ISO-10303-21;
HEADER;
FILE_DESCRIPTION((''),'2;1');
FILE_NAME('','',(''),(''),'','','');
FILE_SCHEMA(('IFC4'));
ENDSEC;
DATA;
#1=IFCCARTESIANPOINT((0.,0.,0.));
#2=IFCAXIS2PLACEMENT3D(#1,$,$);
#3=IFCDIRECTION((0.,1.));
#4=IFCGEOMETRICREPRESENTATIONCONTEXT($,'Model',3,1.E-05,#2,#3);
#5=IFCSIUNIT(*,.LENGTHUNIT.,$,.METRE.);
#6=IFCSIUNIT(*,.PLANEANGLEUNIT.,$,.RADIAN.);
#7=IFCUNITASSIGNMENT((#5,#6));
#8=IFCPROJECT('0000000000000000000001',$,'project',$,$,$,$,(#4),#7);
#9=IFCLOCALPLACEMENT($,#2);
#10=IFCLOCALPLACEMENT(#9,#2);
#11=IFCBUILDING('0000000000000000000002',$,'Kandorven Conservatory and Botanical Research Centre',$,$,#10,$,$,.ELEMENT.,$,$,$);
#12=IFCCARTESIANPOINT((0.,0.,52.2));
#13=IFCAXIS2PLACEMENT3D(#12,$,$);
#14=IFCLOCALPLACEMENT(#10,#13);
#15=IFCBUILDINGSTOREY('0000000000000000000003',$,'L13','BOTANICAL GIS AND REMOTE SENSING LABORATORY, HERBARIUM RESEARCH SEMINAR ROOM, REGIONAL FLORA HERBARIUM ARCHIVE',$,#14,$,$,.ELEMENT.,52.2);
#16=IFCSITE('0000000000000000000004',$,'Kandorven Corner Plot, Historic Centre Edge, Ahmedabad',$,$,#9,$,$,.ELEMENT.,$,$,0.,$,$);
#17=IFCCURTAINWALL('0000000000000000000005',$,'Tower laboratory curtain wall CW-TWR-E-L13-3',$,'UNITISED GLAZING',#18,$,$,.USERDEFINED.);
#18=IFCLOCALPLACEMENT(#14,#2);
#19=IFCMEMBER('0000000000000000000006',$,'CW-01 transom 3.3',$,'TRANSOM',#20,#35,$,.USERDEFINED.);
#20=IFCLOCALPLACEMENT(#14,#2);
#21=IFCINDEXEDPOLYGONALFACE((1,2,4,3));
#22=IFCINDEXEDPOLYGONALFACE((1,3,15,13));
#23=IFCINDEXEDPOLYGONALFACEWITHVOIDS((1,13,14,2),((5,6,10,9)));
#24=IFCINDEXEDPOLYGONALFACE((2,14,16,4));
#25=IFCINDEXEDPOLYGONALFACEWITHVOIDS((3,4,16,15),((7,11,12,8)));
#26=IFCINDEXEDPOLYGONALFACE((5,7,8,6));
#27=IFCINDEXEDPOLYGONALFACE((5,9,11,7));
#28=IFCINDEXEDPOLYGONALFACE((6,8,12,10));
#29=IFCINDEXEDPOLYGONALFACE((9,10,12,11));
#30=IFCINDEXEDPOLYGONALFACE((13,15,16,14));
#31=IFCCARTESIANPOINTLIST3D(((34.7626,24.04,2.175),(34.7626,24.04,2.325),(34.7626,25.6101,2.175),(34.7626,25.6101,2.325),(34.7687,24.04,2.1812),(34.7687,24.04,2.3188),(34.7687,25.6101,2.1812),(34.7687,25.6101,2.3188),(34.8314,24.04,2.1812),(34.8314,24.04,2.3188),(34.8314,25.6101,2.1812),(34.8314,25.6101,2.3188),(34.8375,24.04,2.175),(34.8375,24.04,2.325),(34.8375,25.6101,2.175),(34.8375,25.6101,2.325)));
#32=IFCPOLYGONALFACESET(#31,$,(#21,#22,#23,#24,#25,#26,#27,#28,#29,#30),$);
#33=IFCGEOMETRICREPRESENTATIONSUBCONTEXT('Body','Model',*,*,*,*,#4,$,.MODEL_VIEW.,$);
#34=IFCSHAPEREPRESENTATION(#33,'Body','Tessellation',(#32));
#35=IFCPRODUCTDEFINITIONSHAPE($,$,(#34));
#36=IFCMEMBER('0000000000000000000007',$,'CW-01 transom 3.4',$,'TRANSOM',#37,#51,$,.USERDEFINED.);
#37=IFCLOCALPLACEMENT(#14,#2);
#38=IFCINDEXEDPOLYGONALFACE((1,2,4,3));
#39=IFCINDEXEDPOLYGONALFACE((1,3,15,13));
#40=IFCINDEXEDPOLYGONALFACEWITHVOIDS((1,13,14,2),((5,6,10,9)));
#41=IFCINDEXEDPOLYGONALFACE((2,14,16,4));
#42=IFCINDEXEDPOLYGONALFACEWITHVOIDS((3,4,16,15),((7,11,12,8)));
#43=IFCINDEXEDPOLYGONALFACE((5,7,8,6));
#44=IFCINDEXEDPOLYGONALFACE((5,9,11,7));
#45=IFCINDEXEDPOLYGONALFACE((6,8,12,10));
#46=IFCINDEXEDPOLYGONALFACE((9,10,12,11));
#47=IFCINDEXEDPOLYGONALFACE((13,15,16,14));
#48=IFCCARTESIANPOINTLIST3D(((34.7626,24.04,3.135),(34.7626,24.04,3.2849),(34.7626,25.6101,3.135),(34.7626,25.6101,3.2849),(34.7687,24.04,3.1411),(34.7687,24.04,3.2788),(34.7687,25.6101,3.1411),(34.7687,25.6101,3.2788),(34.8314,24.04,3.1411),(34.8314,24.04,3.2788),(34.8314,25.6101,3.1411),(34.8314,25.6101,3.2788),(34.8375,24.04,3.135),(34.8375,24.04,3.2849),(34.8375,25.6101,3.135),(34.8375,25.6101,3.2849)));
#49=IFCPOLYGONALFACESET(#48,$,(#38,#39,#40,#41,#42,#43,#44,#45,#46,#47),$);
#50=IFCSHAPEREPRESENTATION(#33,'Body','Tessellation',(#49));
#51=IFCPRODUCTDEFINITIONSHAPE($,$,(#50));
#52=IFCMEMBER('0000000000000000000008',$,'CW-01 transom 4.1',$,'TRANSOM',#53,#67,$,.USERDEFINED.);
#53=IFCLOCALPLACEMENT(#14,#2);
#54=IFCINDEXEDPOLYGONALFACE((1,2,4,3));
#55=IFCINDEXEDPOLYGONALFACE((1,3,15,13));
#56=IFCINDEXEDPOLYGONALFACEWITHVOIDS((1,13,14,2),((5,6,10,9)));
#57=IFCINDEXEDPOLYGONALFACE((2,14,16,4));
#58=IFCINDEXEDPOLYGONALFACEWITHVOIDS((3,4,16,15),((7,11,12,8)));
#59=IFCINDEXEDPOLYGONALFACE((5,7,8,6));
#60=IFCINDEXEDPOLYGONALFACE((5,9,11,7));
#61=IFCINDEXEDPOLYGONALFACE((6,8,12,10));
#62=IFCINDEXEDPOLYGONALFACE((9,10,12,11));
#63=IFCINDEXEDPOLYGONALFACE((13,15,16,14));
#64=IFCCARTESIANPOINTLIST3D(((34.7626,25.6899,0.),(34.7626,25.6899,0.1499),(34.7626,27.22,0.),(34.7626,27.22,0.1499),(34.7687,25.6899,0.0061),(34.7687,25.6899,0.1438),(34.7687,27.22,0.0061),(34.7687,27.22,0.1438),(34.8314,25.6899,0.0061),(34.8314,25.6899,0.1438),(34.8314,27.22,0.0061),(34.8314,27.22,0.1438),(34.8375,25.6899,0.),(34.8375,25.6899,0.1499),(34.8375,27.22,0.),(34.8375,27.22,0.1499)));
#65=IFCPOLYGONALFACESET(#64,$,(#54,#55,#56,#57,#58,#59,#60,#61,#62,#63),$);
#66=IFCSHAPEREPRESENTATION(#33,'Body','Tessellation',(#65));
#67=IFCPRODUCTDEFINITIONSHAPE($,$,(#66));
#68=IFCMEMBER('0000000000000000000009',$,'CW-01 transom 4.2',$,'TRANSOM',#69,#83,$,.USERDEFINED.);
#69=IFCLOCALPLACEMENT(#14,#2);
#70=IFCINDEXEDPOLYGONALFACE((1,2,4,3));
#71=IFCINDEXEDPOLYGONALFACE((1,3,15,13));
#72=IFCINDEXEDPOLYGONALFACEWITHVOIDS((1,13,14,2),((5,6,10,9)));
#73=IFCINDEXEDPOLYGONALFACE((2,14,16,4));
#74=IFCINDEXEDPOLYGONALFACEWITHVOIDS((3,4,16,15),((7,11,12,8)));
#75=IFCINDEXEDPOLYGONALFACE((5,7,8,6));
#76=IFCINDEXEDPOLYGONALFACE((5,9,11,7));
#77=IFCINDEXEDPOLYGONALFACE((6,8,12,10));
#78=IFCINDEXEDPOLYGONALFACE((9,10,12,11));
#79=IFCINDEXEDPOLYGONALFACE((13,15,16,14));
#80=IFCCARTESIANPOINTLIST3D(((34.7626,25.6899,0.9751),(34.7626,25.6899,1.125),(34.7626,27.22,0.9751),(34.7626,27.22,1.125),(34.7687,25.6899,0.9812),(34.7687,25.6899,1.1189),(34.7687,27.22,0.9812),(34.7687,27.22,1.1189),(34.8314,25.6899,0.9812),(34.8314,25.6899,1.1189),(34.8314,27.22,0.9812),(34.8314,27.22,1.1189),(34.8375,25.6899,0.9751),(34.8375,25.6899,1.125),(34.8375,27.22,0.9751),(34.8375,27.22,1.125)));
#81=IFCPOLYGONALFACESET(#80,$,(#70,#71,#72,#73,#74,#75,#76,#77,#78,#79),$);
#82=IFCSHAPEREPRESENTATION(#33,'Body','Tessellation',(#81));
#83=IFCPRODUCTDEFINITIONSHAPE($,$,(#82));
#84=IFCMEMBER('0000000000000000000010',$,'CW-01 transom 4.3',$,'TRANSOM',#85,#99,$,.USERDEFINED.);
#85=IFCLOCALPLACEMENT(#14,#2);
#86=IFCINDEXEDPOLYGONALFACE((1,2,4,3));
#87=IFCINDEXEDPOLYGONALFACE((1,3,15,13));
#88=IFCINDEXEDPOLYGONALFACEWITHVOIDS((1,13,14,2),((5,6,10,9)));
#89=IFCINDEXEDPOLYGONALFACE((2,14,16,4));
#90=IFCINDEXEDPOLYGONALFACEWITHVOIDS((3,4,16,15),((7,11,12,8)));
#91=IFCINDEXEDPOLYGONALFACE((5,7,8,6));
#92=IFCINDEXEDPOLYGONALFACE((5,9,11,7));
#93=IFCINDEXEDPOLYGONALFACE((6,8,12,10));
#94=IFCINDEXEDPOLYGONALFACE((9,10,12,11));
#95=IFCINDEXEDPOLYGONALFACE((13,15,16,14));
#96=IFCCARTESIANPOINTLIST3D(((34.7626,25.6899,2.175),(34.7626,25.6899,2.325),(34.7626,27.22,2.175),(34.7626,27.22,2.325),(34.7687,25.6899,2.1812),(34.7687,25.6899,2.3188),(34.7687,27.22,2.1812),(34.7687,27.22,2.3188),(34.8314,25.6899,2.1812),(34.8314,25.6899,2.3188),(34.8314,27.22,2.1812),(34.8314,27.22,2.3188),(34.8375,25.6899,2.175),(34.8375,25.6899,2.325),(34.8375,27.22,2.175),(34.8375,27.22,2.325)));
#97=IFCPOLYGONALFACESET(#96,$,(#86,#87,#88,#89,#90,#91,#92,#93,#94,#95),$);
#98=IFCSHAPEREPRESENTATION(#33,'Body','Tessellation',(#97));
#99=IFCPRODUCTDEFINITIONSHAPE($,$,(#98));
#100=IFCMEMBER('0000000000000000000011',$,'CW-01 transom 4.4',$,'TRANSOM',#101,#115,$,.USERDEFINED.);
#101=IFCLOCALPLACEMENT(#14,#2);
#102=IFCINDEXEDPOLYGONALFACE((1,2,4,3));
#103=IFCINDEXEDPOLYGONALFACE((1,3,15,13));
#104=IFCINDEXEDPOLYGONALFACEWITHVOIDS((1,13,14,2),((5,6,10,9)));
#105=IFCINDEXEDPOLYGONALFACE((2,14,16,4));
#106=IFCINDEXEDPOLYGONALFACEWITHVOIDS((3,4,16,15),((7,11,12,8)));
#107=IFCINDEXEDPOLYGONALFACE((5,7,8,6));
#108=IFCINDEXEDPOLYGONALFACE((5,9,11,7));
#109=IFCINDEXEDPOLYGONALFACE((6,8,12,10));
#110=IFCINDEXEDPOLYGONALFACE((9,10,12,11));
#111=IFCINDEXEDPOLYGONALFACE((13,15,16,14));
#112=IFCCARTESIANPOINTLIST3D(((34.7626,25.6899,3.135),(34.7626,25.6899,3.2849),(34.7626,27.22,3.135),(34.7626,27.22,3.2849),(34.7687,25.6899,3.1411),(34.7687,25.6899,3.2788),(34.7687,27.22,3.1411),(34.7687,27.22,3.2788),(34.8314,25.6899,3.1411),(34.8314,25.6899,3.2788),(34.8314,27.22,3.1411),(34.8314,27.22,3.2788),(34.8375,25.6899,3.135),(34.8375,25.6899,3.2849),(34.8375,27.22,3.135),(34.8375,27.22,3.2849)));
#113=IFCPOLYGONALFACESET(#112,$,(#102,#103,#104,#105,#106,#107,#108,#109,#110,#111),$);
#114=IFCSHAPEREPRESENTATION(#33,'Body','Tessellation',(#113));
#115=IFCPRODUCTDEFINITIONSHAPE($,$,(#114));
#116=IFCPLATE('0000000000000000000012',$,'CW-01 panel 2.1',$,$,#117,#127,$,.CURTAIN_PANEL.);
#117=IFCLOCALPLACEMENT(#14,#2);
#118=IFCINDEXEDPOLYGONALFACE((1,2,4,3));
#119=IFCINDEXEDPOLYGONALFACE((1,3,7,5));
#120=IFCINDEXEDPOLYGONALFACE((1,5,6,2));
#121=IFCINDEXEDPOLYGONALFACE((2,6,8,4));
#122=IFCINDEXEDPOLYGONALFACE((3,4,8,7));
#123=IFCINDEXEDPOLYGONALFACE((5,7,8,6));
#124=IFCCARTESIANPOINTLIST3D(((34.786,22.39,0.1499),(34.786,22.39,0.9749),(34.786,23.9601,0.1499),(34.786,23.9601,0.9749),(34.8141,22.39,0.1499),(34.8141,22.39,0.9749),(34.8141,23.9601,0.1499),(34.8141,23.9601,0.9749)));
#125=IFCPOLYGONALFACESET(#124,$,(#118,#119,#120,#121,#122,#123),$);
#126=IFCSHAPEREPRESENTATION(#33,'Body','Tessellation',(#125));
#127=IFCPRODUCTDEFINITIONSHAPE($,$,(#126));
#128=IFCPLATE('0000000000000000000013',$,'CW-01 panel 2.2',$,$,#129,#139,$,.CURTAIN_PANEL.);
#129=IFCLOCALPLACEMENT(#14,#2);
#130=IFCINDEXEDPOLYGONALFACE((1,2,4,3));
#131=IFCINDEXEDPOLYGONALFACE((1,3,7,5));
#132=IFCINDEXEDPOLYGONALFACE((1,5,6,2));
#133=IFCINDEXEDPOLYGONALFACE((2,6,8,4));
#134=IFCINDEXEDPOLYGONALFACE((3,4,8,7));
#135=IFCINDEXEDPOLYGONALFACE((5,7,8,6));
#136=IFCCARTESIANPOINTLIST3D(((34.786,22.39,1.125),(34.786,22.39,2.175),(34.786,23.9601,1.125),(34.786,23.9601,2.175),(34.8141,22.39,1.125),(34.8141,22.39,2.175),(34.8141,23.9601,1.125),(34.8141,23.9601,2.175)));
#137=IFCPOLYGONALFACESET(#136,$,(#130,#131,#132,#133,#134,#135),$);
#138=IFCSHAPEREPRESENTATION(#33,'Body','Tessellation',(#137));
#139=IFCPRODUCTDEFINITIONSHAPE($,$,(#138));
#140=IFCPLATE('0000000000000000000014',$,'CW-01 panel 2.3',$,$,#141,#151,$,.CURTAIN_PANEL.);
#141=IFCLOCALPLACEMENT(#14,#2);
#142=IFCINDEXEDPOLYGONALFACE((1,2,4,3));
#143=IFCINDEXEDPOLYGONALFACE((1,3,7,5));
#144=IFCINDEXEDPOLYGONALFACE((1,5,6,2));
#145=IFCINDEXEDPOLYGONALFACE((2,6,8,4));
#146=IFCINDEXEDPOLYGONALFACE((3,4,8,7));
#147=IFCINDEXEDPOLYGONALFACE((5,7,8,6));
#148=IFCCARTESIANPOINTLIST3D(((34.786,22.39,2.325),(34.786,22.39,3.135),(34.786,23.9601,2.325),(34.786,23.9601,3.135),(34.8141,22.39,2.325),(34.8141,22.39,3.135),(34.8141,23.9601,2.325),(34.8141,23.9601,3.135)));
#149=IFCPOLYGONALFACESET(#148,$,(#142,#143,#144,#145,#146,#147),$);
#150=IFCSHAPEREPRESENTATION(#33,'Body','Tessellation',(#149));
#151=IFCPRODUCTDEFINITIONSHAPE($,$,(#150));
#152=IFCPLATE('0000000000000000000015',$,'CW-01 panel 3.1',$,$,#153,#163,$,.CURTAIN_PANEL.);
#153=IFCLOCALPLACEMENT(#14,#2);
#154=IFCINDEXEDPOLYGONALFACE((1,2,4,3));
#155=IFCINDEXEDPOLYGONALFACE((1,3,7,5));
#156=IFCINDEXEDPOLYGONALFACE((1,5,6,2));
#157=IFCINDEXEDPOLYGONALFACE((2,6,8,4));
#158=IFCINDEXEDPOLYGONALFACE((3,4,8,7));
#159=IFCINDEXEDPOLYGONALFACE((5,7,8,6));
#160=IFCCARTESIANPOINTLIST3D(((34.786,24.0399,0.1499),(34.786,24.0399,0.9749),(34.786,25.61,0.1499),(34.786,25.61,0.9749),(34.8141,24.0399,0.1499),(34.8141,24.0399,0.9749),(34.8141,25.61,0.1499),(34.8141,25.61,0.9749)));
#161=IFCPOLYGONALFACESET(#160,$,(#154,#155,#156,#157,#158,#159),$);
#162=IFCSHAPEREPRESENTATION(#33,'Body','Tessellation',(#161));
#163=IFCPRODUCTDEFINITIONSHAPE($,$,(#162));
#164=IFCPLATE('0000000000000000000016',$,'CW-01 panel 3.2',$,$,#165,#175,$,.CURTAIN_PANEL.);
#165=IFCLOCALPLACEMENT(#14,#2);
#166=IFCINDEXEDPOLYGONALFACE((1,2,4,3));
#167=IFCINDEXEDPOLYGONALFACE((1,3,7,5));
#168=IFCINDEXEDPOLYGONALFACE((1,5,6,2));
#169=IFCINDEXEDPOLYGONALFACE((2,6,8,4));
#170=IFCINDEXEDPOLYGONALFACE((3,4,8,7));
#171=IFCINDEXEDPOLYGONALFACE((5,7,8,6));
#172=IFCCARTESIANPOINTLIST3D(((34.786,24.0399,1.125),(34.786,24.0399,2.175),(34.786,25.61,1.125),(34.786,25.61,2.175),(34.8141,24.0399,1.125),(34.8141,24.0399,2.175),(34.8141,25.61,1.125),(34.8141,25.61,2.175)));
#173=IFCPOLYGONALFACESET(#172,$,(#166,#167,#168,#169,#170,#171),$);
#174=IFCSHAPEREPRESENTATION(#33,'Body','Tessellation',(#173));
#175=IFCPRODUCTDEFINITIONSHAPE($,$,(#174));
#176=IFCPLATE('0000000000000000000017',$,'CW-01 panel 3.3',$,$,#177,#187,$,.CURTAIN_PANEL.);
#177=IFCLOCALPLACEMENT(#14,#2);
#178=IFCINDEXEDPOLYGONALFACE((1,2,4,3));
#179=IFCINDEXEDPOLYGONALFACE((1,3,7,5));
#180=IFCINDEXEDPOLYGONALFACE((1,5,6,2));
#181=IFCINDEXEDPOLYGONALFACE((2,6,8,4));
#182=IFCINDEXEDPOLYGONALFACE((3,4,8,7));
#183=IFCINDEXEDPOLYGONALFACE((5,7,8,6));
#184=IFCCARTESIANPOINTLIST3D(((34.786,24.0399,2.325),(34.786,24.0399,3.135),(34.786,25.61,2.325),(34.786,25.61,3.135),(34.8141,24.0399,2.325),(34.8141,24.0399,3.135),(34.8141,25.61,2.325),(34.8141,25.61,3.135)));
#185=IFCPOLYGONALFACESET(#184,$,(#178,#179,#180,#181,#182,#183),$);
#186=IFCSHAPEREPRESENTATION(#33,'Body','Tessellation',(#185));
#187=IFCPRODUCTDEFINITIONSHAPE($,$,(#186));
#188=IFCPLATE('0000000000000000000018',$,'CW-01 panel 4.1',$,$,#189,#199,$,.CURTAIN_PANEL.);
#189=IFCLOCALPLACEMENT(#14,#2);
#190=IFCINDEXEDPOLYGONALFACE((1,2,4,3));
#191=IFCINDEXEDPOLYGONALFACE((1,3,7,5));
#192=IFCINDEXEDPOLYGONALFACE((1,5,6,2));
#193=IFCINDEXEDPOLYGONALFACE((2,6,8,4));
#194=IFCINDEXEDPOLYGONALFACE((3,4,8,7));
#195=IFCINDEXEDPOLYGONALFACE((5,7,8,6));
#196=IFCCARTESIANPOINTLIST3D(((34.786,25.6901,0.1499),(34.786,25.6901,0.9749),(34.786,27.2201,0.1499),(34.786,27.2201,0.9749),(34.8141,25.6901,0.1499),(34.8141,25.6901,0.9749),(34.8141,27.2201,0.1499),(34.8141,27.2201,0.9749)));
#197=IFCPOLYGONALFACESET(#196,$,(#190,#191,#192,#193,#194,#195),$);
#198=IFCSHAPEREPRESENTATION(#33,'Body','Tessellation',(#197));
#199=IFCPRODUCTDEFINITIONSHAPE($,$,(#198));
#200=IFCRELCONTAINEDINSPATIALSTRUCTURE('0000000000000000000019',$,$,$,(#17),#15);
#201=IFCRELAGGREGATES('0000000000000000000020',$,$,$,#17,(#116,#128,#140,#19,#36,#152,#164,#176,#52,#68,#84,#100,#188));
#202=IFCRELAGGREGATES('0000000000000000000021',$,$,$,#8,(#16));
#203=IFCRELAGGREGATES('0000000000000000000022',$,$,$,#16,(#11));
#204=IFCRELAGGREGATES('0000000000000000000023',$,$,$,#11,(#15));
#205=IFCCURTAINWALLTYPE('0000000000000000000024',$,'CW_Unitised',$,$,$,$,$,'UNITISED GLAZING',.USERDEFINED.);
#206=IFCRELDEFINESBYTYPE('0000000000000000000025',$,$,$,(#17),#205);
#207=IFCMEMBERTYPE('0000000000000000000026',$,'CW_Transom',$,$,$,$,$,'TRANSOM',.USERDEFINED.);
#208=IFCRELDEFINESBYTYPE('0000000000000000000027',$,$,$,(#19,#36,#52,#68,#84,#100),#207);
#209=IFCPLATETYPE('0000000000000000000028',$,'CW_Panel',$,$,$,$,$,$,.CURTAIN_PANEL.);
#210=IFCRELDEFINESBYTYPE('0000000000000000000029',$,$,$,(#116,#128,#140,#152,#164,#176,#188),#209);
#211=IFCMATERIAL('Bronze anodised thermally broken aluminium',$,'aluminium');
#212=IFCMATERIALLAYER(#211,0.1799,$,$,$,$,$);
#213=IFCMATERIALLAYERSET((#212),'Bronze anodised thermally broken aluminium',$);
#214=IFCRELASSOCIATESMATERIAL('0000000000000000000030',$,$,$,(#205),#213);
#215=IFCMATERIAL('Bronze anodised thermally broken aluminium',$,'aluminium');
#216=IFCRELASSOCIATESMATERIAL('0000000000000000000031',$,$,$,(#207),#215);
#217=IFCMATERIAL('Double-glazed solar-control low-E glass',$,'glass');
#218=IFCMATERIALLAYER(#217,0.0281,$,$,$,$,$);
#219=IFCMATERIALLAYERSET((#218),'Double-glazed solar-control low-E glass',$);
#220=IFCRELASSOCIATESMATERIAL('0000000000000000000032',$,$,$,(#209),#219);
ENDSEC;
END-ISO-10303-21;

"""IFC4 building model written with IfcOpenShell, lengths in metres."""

from ifc_helpers import new_model, si_unit, direction, frame, origin, origin_2d, place, context, subcontext, project, spatial, rectangle, hollow_rectangle, extrude, material, layer, layer_set, material_profile, profile_set, type_object, element, aggregate, save


model = new_model("IFC4")

# Units and contexts
model_context = context("Model", 3, precision=1e-05, world=origin(), true_north=direction((0.0, 1.0)))
body_context = subcontext(model_context, "Body", "Model", "MODEL_VIEW")
ifc_project = project(units=[si_unit("LENGTHUNIT", "METRE"), si_unit("PLANEANGLEUNIT", "RADIAN")], contexts=[model_context])

# Site, building, storey
site_placement = place(None, origin())
site = spatial("IfcSite", under=ifc_project, at=site_placement, Name="Kandorven Corner Plot, Historic Centre Edge, Ahmedabad", CompositionType="ELEMENT", RefElevation=0.0)
building_placement = place(site_placement, origin())
building = spatial("IfcBuilding", under=site, at=building_placement, Name="Kandorven Conservatory and Botanical Research Centre", CompositionType="ELEMENT")
storey_placement = place(building_placement, frame((0.0, 0.0, 52.2)))
storey = spatial("IfcBuildingStorey", under=building, at=storey_placement, Name="L13", Description="BOTANICAL GIS AND REMOTE SENSING LABORATORY, HERBARIUM RESEARCH SEMINAR ROOM, REGIONAL FLORA HERBARIUM ARCHIVE", CompositionType="ELEMENT", Elevation=52.2)

# Curtain wall, members, plates
ifc_material_1 = material(Name="Bronze anodised thermally broken aluminium", Category="aluminium")
ifc_layer_1 = layer(ifc_material_1, 0.1799)
ifc_layer_set_1 = layer_set([ifc_layer_1], Name="Bronze anodised thermally broken aluminium")
curtain_wall_type = type_object("IfcCurtainWallType", Name="CW_Unitised", ElementType="UNITISED GLAZING", PredefinedType="USERDEFINED", material=ifc_layer_set_1)
curtain_wall_placement = place(storey_placement, origin())
curtain_wall = element("IfcCurtainWall", 1, at=curtain_wall_placement, inside=storey, type_object=curtain_wall_type, Name="Tower laboratory curtain wall CW-TWR-E-L13-3", ObjectType="UNITISED GLAZING", PredefinedType="USERDEFINED")
ifc_material_2 = material(Name="Bronze anodised thermally broken aluminium", Category="aluminium")
ifc_material_profile_1 = material_profile(ifc_material_2, hollow_rectangle(XDim=0.075, YDim=0.1499, WallThickness=0.0061, at=origin_2d()))
ifc_profile_set_1 = profile_set([ifc_material_profile_1], Name="Bronze anodised thermally broken aluminium")
member_type_1 = type_object("IfcMemberType", Name="CW_Transom", ElementType="TRANSOM", PredefinedType="USERDEFINED", material=ifc_profile_set_1)
member_1_placement = place(storey_placement, frame((34.8, 24.04, 2.25), z_axis=(0.0, 1.0, 0.0), x_axis=(-1.0, 0.0, 0.0)))
member_1 = element("IfcMember", 2, at=member_1_placement, type_object=member_type_1, Name="CW-01 transom 3.3", ObjectType="TRANSOM", PredefinedType="USERDEFINED", context=body_context, shape_type="SweptSolid", body=[
    extrude(hollow_rectangle(XDim=0.075, YDim=0.1499, WallThickness=0.0061, at=origin_2d()), origin(), (0.0, 0.0, 1.0), 1.5701),
])
member_2_placement = place(storey_placement, frame((34.8, 24.04, 3.21), z_axis=(0.0, 1.0, 0.0), x_axis=(-1.0, 0.0, 0.0)))
member_2 = element("IfcMember", 3, at=member_2_placement, type_object=member_type_1, Name="CW-01 transom 3.4", ObjectType="TRANSOM", PredefinedType="USERDEFINED", context=body_context, shape_type="SweptSolid", body=[
    extrude(hollow_rectangle(XDim=0.075, YDim=0.1499, WallThickness=0.0061, at=origin_2d()), origin(), (0.0, 0.0, 1.0), 1.5701),
])
member_3_placement = place(storey_placement, frame((34.8, 25.6899, 0.075), z_axis=(0.0, 1.0, 0.0), x_axis=(-1.0, 0.0, 0.0)))
member_3 = element("IfcMember", 4, at=member_3_placement, type_object=member_type_1, Name="CW-01 transom 4.1", ObjectType="TRANSOM", PredefinedType="USERDEFINED", context=body_context, shape_type="SweptSolid", body=[
    extrude(hollow_rectangle(XDim=0.075, YDim=0.1499, WallThickness=0.0061, at=origin_2d()), origin(), (0.0, 0.0, 1.0), 1.53),
])
member_4_placement = place(storey_placement, frame((34.8, 25.6899, 1.05), z_axis=(0.0, 1.0, 0.0), x_axis=(-1.0, 0.0, 0.0)))
member_4 = element("IfcMember", 5, at=member_4_placement, type_object=member_type_1, Name="CW-01 transom 4.2", ObjectType="TRANSOM", PredefinedType="USERDEFINED", context=body_context, shape_type="SweptSolid", body=[
    extrude(hollow_rectangle(XDim=0.075, YDim=0.1499, WallThickness=0.0061, at=origin_2d()), origin(), (0.0, 0.0, 1.0), 1.53),
])
member_5_placement = place(storey_placement, frame((34.8, 25.6899, 2.25), z_axis=(0.0, 1.0, 0.0), x_axis=(-1.0, 0.0, 0.0)))
member_5 = element("IfcMember", 6, at=member_5_placement, type_object=member_type_1, Name="CW-01 transom 4.3", ObjectType="TRANSOM", PredefinedType="USERDEFINED", context=body_context, shape_type="SweptSolid", body=[
    extrude(hollow_rectangle(XDim=0.075, YDim=0.1499, WallThickness=0.0061, at=origin_2d()), origin(), (0.0, 0.0, 1.0), 1.53),
])
member_6_placement = place(storey_placement, frame((34.8, 25.6899, 3.21), z_axis=(0.0, 1.0, 0.0), x_axis=(-1.0, 0.0, 0.0)))
member_6 = element("IfcMember", 7, at=member_6_placement, type_object=member_type_1, Name="CW-01 transom 4.4", ObjectType="TRANSOM", PredefinedType="USERDEFINED", context=body_context, shape_type="SweptSolid", body=[
    extrude(hollow_rectangle(XDim=0.075, YDim=0.1499, WallThickness=0.0061, at=origin_2d()), origin(), (0.0, 0.0, 1.0), 1.53),
])
ifc_material_3 = material(Name="Double-glazed solar-control low-E glass", Category="glass")
ifc_layer_2 = layer(ifc_material_3, 0.0281)
ifc_layer_set_2 = layer_set([ifc_layer_2], Name="Double-glazed solar-control low-E glass")
plate_type_1 = type_object("IfcPlateType", Name="CW_Panel", PredefinedType="CURTAIN_PANEL", material=ifc_layer_set_2)
plate_1_placement = place(storey_placement, frame((34.8, 23.175, 0.1499), z_axis=(0.0, 0.0, 1.0), x_axis=(0.0, 1.0, 0.0)))
plate_1 = element("IfcPlate", 8, at=plate_1_placement, type_object=plate_type_1, Name="CW-01 panel 2.1", PredefinedType="CURTAIN_PANEL", context=body_context, shape_type="SweptSolid", body=[
    extrude(rectangle(XDim=1.5701, YDim=0.0281, at=origin_2d()), origin(), (0.0, 0.0, 1.0), 0.825),
])
plate_2_placement = place(storey_placement, frame((34.8, 23.175, 1.125), z_axis=(0.0, 0.0, 1.0), x_axis=(0.0, 1.0, 0.0)))
plate_2 = element("IfcPlate", 9, at=plate_2_placement, type_object=plate_type_1, Name="CW-01 panel 2.2", PredefinedType="CURTAIN_PANEL", context=body_context, shape_type="SweptSolid", body=[
    extrude(rectangle(XDim=1.5701, YDim=0.0281, at=origin_2d()), origin(), (0.0, 0.0, 1.0), 1.05),
])
plate_3_placement = place(storey_placement, frame((34.8, 23.175, 2.325), z_axis=(0.0, 0.0, 1.0), x_axis=(0.0, 1.0, 0.0)))
plate_3 = element("IfcPlate", 10, at=plate_3_placement, type_object=plate_type_1, Name="CW-01 panel 2.3", PredefinedType="CURTAIN_PANEL", context=body_context, shape_type="SweptSolid", body=[
    extrude(rectangle(XDim=1.5701, YDim=0.0281, at=origin_2d()), origin(), (0.0, 0.0, 1.0), 0.8101),
])
plate_4_placement = place(storey_placement, frame((34.8, 24.825, 0.1499), z_axis=(0.0, 0.0, 1.0), x_axis=(0.0, 1.0, 0.0)))
plate_4 = element("IfcPlate", 11, at=plate_4_placement, type_object=plate_type_1, Name="CW-01 panel 3.1", PredefinedType="CURTAIN_PANEL", context=body_context, shape_type="SweptSolid", body=[
    extrude(rectangle(XDim=1.5701, YDim=0.0281, at=origin_2d()), origin(), (0.0, 0.0, 1.0), 0.825),
])
plate_5_placement = place(storey_placement, frame((34.8, 24.825, 1.125), z_axis=(0.0, 0.0, 1.0), x_axis=(0.0, 1.0, 0.0)))
plate_5 = element("IfcPlate", 12, at=plate_5_placement, type_object=plate_type_1, Name="CW-01 panel 3.2", PredefinedType="CURTAIN_PANEL", context=body_context, shape_type="SweptSolid", body=[
    extrude(rectangle(XDim=1.5701, YDim=0.0281, at=origin_2d()), origin(), (0.0, 0.0, 1.0), 1.05),
])
plate_6_placement = place(storey_placement, frame((34.8, 24.825, 2.325), z_axis=(0.0, 0.0, 1.0), x_axis=(0.0, 1.0, 0.0)))
plate_6 = element("IfcPlate", 13, at=plate_6_placement, type_object=plate_type_1, Name="CW-01 panel 3.3", PredefinedType="CURTAIN_PANEL", context=body_context, shape_type="SweptSolid", body=[
    extrude(rectangle(XDim=1.5701, YDim=0.0281, at=origin_2d()), origin(), (0.0, 0.0, 1.0), 0.8101),
])
plate_7_placement = place(storey_placement, frame((34.8, 26.4551, 0.1499), z_axis=(0.0, 0.0, 1.0), x_axis=(0.0, 1.0, 0.0)))
plate_7 = element("IfcPlate", 14, at=plate_7_placement, type_object=plate_type_1, Name="CW-01 panel 4.1", PredefinedType="CURTAIN_PANEL", context=body_context, shape_type="SweptSolid", body=[
    extrude(rectangle(XDim=1.53, YDim=0.0281, at=origin_2d()), origin(), (0.0, 0.0, 1.0), 0.825),
])
aggregate(curtain_wall, [plate_1, plate_2, plate_3, member_1, member_2, plate_4, plate_5, plate_6, member_3, member_4, member_5, member_6, plate_7])

save(model, "model.ifc")
